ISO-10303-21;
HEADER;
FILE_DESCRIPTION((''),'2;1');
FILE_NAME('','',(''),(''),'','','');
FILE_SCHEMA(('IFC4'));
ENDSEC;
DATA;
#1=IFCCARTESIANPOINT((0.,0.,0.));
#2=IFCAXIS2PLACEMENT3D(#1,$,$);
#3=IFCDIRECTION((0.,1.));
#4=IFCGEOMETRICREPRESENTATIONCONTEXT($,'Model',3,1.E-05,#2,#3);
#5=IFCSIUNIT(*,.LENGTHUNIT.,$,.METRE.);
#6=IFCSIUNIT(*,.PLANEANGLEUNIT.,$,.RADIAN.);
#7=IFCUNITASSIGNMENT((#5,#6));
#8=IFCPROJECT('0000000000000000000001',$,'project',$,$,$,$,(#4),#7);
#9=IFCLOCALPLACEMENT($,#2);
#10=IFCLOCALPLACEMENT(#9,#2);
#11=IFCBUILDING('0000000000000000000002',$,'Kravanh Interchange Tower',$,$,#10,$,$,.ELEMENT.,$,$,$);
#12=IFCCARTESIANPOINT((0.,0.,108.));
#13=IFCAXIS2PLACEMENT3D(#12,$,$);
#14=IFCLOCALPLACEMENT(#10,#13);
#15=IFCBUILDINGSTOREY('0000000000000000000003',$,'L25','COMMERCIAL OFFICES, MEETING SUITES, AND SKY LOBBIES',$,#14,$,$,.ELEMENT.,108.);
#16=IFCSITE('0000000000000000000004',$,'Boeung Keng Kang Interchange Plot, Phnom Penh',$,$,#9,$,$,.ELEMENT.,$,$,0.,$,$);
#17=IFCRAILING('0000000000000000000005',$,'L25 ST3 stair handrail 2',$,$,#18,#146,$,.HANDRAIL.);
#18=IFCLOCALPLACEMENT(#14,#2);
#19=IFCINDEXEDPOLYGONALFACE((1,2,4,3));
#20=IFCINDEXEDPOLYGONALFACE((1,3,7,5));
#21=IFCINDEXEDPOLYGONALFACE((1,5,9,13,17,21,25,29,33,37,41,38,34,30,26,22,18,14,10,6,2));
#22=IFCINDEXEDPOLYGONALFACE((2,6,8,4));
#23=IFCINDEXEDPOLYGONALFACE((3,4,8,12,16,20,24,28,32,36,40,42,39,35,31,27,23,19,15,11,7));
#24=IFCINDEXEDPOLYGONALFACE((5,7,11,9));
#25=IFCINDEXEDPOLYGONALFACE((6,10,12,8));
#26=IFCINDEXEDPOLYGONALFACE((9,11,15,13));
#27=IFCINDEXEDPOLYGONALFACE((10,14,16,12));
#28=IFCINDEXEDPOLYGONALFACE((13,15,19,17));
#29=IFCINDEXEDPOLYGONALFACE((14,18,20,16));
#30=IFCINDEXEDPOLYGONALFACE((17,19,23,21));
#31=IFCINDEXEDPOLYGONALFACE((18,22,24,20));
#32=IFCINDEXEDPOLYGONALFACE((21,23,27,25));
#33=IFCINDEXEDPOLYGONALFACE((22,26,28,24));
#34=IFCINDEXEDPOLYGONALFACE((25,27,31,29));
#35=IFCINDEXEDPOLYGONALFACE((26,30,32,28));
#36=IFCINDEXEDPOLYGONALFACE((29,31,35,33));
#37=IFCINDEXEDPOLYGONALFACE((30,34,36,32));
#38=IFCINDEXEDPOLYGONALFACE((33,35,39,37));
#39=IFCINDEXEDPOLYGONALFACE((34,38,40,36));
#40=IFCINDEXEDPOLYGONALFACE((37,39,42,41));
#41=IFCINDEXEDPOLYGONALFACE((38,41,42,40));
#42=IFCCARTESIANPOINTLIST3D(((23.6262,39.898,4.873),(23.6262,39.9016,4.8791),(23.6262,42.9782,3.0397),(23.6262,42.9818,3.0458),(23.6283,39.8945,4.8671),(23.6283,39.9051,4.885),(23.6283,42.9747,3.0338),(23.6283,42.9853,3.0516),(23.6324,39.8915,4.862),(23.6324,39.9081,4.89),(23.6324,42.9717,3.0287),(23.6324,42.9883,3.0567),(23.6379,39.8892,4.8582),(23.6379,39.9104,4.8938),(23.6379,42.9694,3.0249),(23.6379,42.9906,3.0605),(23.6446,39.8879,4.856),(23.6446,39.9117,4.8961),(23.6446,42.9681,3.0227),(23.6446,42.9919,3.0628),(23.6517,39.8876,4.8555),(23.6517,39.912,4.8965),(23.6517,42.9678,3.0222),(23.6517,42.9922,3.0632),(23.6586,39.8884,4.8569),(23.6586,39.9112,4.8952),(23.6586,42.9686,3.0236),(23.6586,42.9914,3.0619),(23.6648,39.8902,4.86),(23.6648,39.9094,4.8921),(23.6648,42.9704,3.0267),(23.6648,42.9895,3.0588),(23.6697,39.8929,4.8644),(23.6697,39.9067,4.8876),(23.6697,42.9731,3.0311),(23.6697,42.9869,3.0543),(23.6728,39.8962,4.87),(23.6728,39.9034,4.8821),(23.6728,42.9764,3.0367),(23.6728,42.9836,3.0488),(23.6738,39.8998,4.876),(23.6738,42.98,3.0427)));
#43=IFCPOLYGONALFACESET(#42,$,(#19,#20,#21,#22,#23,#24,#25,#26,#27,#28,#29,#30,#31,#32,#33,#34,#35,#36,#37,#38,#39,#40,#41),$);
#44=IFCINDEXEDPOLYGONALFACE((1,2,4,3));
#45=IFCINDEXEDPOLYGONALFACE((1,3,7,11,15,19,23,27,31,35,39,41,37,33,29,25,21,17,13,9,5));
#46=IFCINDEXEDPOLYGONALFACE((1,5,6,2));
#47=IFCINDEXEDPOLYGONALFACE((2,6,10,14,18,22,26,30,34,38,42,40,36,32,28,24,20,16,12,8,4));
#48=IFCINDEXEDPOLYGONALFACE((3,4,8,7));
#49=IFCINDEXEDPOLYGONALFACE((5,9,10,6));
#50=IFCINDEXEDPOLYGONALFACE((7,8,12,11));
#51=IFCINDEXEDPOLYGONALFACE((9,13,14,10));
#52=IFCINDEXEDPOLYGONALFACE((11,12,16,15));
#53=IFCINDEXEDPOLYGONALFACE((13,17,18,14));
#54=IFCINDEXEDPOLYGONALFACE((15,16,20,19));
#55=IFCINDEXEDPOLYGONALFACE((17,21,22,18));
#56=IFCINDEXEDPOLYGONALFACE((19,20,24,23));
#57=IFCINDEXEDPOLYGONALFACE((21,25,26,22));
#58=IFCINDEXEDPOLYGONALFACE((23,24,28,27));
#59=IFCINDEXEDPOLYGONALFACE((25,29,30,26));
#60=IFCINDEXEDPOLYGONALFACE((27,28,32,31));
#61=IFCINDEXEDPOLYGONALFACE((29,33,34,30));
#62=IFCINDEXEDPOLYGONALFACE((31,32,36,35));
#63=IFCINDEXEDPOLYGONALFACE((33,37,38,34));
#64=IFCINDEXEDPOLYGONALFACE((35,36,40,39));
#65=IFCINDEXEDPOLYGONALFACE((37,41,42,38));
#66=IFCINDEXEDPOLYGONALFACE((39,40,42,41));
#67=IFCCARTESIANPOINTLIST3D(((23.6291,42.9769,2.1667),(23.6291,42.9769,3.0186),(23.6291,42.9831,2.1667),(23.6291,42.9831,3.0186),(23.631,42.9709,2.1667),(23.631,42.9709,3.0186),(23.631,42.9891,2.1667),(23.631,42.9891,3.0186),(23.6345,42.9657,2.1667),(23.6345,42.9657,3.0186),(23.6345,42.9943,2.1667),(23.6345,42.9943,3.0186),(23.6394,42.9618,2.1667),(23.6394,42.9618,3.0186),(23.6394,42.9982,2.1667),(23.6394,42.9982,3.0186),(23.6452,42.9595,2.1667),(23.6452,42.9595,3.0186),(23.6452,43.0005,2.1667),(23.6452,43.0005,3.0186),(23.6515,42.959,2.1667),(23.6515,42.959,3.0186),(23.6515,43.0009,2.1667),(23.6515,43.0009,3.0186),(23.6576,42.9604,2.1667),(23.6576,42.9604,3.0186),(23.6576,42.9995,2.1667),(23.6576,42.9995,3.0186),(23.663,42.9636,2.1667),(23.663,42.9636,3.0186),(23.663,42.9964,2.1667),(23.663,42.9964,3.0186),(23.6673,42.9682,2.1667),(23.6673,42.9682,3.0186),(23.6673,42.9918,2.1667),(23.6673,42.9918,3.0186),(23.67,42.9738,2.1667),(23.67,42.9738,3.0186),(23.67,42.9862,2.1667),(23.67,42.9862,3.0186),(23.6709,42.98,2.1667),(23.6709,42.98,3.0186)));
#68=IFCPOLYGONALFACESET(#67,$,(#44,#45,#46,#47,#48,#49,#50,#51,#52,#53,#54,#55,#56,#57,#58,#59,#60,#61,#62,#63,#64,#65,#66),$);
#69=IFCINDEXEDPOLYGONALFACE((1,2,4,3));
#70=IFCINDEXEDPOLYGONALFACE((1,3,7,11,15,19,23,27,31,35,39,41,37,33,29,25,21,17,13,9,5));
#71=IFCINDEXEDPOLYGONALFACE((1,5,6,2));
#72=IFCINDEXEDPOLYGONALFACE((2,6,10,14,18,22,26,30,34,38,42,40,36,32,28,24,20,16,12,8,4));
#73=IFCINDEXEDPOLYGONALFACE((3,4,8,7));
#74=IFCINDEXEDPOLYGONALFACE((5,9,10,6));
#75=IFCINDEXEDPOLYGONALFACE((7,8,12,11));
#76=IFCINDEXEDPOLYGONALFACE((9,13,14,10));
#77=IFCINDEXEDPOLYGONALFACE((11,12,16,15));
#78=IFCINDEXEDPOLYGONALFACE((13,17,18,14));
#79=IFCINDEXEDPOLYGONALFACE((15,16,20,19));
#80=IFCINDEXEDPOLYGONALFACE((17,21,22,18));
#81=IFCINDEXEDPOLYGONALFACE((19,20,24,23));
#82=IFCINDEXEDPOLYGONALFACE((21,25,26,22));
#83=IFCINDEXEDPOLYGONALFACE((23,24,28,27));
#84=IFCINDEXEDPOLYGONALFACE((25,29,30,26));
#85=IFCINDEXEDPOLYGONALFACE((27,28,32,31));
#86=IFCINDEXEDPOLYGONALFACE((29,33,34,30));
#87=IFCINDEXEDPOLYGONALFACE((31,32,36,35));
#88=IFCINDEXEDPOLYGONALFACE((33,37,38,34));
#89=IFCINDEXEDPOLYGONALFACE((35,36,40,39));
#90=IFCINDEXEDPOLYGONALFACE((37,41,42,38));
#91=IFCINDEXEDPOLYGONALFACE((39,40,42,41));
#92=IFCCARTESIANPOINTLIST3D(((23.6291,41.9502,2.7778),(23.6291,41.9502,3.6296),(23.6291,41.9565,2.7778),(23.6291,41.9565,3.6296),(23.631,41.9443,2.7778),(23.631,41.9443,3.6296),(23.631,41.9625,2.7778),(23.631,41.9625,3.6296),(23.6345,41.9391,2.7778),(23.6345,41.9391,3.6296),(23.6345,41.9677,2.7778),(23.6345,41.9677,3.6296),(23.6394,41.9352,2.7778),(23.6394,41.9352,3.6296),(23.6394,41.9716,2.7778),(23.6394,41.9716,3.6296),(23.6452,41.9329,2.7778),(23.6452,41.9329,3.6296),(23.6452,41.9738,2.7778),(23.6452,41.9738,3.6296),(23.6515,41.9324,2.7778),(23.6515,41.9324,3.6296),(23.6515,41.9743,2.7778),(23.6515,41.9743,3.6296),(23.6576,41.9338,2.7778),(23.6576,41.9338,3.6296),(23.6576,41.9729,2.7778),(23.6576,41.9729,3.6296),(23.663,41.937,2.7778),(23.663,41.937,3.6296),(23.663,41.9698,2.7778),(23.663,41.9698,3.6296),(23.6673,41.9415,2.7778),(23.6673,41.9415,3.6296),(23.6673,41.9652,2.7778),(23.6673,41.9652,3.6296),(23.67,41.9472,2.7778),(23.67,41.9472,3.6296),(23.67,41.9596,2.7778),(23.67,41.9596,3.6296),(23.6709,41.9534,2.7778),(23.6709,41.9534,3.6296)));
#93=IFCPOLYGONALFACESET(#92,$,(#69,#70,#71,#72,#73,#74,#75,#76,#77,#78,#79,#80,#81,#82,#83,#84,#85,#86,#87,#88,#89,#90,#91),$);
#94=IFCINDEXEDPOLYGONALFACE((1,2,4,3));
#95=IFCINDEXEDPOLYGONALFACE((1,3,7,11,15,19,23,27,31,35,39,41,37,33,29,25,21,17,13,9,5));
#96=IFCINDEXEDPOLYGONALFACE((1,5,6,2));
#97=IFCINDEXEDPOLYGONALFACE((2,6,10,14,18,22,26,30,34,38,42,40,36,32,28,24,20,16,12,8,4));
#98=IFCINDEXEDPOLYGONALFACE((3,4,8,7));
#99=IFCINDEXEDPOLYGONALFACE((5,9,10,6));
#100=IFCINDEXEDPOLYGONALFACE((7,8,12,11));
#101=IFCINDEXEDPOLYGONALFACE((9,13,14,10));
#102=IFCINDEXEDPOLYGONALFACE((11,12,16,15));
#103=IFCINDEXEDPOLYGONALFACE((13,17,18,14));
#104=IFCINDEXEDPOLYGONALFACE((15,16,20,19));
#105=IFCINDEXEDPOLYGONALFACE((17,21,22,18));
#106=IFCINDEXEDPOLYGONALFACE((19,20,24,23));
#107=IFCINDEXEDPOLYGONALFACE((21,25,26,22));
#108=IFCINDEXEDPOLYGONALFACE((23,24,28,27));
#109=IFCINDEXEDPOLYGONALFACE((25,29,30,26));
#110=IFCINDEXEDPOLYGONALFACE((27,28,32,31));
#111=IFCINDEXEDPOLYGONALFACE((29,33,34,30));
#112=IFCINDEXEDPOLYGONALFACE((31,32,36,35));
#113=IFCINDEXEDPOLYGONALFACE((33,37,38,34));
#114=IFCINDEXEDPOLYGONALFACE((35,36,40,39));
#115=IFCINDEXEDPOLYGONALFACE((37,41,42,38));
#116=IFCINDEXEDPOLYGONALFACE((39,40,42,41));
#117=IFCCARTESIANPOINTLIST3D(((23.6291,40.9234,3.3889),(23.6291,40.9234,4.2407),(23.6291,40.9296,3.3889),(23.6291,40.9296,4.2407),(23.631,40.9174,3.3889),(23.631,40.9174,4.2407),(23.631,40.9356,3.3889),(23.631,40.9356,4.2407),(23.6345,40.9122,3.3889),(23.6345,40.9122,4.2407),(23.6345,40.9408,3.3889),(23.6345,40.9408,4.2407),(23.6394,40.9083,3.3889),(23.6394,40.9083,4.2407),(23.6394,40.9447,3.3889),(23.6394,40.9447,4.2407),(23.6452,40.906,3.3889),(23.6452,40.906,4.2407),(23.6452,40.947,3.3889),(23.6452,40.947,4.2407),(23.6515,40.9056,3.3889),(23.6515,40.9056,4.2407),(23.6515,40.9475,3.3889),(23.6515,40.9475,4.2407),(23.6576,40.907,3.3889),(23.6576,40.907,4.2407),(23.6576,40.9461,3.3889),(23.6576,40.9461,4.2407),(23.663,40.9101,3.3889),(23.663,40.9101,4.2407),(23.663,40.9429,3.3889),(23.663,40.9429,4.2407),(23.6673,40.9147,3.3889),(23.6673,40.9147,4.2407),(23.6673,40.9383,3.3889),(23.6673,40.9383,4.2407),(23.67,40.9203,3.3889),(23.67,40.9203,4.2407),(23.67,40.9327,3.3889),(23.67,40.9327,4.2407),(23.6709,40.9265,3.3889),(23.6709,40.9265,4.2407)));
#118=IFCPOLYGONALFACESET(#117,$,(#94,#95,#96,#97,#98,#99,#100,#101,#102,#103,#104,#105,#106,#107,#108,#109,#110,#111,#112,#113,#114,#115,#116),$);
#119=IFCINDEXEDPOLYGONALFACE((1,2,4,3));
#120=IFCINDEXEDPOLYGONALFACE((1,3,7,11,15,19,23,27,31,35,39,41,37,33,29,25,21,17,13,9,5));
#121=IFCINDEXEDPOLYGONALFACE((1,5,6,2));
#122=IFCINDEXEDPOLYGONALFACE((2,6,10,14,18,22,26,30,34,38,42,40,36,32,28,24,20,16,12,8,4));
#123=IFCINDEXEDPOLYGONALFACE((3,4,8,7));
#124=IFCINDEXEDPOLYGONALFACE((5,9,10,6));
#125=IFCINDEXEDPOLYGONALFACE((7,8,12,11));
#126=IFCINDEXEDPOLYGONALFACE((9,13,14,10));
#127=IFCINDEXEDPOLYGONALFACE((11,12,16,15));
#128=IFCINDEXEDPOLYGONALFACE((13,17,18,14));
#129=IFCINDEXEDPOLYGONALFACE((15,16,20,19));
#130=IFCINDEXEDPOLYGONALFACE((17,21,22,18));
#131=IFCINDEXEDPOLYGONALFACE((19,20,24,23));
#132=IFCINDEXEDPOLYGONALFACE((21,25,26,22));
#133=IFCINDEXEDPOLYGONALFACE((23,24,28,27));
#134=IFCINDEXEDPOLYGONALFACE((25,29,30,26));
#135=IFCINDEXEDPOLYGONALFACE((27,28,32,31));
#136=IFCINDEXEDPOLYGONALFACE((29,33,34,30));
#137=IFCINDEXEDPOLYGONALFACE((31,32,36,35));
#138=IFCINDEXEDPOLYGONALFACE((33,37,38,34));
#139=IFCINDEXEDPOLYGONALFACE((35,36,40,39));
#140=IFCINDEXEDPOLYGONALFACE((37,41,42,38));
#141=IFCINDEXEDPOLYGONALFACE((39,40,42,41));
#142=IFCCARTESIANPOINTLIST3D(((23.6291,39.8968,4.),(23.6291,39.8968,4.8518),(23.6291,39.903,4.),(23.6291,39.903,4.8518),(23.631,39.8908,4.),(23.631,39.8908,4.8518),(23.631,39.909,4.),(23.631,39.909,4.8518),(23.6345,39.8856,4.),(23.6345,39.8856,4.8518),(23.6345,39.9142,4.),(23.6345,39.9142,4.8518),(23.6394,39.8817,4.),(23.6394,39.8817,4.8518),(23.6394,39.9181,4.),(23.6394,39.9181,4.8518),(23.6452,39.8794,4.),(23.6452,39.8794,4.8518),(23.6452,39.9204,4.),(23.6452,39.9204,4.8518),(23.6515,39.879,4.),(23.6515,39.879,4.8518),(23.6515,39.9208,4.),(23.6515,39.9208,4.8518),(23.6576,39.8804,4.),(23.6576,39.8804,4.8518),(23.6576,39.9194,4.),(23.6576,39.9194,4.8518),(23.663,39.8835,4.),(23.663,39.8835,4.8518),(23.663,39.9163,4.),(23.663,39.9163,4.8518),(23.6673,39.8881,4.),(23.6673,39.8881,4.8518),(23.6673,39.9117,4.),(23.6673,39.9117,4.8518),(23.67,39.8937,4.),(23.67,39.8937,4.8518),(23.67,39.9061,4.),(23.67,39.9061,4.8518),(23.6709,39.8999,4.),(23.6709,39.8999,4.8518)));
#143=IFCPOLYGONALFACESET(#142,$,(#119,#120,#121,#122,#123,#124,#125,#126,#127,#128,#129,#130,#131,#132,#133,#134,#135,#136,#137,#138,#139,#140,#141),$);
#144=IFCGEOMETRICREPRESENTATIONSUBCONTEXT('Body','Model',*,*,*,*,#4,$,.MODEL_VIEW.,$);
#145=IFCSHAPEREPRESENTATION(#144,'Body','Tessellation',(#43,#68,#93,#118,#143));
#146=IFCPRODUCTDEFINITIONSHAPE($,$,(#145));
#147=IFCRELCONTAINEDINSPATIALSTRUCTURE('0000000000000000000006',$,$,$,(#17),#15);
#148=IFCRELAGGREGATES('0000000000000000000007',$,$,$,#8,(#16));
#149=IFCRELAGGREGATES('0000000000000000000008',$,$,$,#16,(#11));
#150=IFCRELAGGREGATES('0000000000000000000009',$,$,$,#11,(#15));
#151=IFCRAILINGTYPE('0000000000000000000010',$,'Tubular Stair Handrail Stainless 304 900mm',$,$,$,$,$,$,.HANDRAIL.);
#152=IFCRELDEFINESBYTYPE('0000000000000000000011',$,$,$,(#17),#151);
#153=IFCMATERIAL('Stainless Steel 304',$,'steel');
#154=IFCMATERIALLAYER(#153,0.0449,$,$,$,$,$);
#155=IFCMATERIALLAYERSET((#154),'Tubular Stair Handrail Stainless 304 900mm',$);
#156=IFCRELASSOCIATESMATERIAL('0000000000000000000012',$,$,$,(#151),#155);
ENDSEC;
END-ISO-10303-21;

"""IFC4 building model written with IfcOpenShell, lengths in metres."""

from ifc_helpers import new_model, si_unit, direction, frame, origin, origin_2d, place, context, subcontext, project, spatial, circle, extrude, material, layer, layer_set, type_object, element, save


model = new_model("IFC4")

# Units and contexts
model_context = context("Model", 3, precision=1e-05, world=origin(), true_north=direction((0.0, 1.0)))
body_context = subcontext(model_context, "Body", "Model", "MODEL_VIEW")
ifc_project = project(units=[si_unit("LENGTHUNIT", "METRE"), si_unit("PLANEANGLEUNIT", "RADIAN")], contexts=[model_context])

# Site, building, storey
site_placement = place(None, origin())
site = spatial("IfcSite", under=ifc_project, at=site_placement, Name="Boeung Keng Kang Interchange Plot, Phnom Penh", CompositionType="ELEMENT", RefElevation=0.0)
building_placement = place(site_placement, origin())
building = spatial("IfcBuilding", under=site, at=building_placement, Name="Kravanh Interchange Tower", CompositionType="ELEMENT")
storey_placement = place(building_placement, frame((0.0, 0.0, 108.0)))
storey = spatial("IfcBuildingStorey", under=building, at=storey_placement, Name="L25", Description="COMMERCIAL OFFICES, MEETING SUITES, AND SKY LOBBIES", CompositionType="ELEMENT", Elevation=108.0)

# Railing
ifc_material_1 = material(Name="Stainless Steel 304", Category="steel")
ifc_layer_1 = layer(ifc_material_1, 0.0449)
ifc_layer_set_1 = layer_set([ifc_layer_1], Name="Tubular Stair Handrail Stainless 304 900mm")
railing_type_1 = type_object("IfcRailingType", Name="Tubular Stair Handrail Stainless 304 900mm", PredefinedType="HANDRAIL", material=ifc_layer_set_1)
railing_1_placement = place(storey_placement, frame((23.6499, 42.98, 2.1667)))
element("IfcRailing", 1, at=railing_1_placement, inside=storey, type_object=railing_type_1, Name="L25 ST3 stair handrail 2", PredefinedType="HANDRAIL", context=body_context, shape_type="SweptSolid", body=[
    extrude(circle(Radius=0.0239, at=origin_2d()), frame((0.0, 0.0, 0.876), z_axis=(0.0, -0.859309, 0.511458), x_axis=(1.0, 0.0, 0.0)), (0.0, 0.0, 1.0), 3.5845),
    extrude(circle(Radius=0.021, at=origin_2d()), origin(), (0.0, 0.0, 1.0), 0.8518),
    extrude(circle(Radius=0.021, at=origin_2d()), frame((0.0, -1.0266, 0.6111)), (0.0, 0.0, 1.0), 0.8518),
    extrude(circle(Radius=0.021, at=origin_2d()), frame((0.0, -2.0535, 1.2222)), (0.0, 0.0, 1.0), 0.8518),
    extrude(circle(Radius=0.021, at=origin_2d()), frame((0.0, -3.0801, 1.8333)), (0.0, 0.0, 1.0), 0.8518),
])

save(model, "model.ifc")
